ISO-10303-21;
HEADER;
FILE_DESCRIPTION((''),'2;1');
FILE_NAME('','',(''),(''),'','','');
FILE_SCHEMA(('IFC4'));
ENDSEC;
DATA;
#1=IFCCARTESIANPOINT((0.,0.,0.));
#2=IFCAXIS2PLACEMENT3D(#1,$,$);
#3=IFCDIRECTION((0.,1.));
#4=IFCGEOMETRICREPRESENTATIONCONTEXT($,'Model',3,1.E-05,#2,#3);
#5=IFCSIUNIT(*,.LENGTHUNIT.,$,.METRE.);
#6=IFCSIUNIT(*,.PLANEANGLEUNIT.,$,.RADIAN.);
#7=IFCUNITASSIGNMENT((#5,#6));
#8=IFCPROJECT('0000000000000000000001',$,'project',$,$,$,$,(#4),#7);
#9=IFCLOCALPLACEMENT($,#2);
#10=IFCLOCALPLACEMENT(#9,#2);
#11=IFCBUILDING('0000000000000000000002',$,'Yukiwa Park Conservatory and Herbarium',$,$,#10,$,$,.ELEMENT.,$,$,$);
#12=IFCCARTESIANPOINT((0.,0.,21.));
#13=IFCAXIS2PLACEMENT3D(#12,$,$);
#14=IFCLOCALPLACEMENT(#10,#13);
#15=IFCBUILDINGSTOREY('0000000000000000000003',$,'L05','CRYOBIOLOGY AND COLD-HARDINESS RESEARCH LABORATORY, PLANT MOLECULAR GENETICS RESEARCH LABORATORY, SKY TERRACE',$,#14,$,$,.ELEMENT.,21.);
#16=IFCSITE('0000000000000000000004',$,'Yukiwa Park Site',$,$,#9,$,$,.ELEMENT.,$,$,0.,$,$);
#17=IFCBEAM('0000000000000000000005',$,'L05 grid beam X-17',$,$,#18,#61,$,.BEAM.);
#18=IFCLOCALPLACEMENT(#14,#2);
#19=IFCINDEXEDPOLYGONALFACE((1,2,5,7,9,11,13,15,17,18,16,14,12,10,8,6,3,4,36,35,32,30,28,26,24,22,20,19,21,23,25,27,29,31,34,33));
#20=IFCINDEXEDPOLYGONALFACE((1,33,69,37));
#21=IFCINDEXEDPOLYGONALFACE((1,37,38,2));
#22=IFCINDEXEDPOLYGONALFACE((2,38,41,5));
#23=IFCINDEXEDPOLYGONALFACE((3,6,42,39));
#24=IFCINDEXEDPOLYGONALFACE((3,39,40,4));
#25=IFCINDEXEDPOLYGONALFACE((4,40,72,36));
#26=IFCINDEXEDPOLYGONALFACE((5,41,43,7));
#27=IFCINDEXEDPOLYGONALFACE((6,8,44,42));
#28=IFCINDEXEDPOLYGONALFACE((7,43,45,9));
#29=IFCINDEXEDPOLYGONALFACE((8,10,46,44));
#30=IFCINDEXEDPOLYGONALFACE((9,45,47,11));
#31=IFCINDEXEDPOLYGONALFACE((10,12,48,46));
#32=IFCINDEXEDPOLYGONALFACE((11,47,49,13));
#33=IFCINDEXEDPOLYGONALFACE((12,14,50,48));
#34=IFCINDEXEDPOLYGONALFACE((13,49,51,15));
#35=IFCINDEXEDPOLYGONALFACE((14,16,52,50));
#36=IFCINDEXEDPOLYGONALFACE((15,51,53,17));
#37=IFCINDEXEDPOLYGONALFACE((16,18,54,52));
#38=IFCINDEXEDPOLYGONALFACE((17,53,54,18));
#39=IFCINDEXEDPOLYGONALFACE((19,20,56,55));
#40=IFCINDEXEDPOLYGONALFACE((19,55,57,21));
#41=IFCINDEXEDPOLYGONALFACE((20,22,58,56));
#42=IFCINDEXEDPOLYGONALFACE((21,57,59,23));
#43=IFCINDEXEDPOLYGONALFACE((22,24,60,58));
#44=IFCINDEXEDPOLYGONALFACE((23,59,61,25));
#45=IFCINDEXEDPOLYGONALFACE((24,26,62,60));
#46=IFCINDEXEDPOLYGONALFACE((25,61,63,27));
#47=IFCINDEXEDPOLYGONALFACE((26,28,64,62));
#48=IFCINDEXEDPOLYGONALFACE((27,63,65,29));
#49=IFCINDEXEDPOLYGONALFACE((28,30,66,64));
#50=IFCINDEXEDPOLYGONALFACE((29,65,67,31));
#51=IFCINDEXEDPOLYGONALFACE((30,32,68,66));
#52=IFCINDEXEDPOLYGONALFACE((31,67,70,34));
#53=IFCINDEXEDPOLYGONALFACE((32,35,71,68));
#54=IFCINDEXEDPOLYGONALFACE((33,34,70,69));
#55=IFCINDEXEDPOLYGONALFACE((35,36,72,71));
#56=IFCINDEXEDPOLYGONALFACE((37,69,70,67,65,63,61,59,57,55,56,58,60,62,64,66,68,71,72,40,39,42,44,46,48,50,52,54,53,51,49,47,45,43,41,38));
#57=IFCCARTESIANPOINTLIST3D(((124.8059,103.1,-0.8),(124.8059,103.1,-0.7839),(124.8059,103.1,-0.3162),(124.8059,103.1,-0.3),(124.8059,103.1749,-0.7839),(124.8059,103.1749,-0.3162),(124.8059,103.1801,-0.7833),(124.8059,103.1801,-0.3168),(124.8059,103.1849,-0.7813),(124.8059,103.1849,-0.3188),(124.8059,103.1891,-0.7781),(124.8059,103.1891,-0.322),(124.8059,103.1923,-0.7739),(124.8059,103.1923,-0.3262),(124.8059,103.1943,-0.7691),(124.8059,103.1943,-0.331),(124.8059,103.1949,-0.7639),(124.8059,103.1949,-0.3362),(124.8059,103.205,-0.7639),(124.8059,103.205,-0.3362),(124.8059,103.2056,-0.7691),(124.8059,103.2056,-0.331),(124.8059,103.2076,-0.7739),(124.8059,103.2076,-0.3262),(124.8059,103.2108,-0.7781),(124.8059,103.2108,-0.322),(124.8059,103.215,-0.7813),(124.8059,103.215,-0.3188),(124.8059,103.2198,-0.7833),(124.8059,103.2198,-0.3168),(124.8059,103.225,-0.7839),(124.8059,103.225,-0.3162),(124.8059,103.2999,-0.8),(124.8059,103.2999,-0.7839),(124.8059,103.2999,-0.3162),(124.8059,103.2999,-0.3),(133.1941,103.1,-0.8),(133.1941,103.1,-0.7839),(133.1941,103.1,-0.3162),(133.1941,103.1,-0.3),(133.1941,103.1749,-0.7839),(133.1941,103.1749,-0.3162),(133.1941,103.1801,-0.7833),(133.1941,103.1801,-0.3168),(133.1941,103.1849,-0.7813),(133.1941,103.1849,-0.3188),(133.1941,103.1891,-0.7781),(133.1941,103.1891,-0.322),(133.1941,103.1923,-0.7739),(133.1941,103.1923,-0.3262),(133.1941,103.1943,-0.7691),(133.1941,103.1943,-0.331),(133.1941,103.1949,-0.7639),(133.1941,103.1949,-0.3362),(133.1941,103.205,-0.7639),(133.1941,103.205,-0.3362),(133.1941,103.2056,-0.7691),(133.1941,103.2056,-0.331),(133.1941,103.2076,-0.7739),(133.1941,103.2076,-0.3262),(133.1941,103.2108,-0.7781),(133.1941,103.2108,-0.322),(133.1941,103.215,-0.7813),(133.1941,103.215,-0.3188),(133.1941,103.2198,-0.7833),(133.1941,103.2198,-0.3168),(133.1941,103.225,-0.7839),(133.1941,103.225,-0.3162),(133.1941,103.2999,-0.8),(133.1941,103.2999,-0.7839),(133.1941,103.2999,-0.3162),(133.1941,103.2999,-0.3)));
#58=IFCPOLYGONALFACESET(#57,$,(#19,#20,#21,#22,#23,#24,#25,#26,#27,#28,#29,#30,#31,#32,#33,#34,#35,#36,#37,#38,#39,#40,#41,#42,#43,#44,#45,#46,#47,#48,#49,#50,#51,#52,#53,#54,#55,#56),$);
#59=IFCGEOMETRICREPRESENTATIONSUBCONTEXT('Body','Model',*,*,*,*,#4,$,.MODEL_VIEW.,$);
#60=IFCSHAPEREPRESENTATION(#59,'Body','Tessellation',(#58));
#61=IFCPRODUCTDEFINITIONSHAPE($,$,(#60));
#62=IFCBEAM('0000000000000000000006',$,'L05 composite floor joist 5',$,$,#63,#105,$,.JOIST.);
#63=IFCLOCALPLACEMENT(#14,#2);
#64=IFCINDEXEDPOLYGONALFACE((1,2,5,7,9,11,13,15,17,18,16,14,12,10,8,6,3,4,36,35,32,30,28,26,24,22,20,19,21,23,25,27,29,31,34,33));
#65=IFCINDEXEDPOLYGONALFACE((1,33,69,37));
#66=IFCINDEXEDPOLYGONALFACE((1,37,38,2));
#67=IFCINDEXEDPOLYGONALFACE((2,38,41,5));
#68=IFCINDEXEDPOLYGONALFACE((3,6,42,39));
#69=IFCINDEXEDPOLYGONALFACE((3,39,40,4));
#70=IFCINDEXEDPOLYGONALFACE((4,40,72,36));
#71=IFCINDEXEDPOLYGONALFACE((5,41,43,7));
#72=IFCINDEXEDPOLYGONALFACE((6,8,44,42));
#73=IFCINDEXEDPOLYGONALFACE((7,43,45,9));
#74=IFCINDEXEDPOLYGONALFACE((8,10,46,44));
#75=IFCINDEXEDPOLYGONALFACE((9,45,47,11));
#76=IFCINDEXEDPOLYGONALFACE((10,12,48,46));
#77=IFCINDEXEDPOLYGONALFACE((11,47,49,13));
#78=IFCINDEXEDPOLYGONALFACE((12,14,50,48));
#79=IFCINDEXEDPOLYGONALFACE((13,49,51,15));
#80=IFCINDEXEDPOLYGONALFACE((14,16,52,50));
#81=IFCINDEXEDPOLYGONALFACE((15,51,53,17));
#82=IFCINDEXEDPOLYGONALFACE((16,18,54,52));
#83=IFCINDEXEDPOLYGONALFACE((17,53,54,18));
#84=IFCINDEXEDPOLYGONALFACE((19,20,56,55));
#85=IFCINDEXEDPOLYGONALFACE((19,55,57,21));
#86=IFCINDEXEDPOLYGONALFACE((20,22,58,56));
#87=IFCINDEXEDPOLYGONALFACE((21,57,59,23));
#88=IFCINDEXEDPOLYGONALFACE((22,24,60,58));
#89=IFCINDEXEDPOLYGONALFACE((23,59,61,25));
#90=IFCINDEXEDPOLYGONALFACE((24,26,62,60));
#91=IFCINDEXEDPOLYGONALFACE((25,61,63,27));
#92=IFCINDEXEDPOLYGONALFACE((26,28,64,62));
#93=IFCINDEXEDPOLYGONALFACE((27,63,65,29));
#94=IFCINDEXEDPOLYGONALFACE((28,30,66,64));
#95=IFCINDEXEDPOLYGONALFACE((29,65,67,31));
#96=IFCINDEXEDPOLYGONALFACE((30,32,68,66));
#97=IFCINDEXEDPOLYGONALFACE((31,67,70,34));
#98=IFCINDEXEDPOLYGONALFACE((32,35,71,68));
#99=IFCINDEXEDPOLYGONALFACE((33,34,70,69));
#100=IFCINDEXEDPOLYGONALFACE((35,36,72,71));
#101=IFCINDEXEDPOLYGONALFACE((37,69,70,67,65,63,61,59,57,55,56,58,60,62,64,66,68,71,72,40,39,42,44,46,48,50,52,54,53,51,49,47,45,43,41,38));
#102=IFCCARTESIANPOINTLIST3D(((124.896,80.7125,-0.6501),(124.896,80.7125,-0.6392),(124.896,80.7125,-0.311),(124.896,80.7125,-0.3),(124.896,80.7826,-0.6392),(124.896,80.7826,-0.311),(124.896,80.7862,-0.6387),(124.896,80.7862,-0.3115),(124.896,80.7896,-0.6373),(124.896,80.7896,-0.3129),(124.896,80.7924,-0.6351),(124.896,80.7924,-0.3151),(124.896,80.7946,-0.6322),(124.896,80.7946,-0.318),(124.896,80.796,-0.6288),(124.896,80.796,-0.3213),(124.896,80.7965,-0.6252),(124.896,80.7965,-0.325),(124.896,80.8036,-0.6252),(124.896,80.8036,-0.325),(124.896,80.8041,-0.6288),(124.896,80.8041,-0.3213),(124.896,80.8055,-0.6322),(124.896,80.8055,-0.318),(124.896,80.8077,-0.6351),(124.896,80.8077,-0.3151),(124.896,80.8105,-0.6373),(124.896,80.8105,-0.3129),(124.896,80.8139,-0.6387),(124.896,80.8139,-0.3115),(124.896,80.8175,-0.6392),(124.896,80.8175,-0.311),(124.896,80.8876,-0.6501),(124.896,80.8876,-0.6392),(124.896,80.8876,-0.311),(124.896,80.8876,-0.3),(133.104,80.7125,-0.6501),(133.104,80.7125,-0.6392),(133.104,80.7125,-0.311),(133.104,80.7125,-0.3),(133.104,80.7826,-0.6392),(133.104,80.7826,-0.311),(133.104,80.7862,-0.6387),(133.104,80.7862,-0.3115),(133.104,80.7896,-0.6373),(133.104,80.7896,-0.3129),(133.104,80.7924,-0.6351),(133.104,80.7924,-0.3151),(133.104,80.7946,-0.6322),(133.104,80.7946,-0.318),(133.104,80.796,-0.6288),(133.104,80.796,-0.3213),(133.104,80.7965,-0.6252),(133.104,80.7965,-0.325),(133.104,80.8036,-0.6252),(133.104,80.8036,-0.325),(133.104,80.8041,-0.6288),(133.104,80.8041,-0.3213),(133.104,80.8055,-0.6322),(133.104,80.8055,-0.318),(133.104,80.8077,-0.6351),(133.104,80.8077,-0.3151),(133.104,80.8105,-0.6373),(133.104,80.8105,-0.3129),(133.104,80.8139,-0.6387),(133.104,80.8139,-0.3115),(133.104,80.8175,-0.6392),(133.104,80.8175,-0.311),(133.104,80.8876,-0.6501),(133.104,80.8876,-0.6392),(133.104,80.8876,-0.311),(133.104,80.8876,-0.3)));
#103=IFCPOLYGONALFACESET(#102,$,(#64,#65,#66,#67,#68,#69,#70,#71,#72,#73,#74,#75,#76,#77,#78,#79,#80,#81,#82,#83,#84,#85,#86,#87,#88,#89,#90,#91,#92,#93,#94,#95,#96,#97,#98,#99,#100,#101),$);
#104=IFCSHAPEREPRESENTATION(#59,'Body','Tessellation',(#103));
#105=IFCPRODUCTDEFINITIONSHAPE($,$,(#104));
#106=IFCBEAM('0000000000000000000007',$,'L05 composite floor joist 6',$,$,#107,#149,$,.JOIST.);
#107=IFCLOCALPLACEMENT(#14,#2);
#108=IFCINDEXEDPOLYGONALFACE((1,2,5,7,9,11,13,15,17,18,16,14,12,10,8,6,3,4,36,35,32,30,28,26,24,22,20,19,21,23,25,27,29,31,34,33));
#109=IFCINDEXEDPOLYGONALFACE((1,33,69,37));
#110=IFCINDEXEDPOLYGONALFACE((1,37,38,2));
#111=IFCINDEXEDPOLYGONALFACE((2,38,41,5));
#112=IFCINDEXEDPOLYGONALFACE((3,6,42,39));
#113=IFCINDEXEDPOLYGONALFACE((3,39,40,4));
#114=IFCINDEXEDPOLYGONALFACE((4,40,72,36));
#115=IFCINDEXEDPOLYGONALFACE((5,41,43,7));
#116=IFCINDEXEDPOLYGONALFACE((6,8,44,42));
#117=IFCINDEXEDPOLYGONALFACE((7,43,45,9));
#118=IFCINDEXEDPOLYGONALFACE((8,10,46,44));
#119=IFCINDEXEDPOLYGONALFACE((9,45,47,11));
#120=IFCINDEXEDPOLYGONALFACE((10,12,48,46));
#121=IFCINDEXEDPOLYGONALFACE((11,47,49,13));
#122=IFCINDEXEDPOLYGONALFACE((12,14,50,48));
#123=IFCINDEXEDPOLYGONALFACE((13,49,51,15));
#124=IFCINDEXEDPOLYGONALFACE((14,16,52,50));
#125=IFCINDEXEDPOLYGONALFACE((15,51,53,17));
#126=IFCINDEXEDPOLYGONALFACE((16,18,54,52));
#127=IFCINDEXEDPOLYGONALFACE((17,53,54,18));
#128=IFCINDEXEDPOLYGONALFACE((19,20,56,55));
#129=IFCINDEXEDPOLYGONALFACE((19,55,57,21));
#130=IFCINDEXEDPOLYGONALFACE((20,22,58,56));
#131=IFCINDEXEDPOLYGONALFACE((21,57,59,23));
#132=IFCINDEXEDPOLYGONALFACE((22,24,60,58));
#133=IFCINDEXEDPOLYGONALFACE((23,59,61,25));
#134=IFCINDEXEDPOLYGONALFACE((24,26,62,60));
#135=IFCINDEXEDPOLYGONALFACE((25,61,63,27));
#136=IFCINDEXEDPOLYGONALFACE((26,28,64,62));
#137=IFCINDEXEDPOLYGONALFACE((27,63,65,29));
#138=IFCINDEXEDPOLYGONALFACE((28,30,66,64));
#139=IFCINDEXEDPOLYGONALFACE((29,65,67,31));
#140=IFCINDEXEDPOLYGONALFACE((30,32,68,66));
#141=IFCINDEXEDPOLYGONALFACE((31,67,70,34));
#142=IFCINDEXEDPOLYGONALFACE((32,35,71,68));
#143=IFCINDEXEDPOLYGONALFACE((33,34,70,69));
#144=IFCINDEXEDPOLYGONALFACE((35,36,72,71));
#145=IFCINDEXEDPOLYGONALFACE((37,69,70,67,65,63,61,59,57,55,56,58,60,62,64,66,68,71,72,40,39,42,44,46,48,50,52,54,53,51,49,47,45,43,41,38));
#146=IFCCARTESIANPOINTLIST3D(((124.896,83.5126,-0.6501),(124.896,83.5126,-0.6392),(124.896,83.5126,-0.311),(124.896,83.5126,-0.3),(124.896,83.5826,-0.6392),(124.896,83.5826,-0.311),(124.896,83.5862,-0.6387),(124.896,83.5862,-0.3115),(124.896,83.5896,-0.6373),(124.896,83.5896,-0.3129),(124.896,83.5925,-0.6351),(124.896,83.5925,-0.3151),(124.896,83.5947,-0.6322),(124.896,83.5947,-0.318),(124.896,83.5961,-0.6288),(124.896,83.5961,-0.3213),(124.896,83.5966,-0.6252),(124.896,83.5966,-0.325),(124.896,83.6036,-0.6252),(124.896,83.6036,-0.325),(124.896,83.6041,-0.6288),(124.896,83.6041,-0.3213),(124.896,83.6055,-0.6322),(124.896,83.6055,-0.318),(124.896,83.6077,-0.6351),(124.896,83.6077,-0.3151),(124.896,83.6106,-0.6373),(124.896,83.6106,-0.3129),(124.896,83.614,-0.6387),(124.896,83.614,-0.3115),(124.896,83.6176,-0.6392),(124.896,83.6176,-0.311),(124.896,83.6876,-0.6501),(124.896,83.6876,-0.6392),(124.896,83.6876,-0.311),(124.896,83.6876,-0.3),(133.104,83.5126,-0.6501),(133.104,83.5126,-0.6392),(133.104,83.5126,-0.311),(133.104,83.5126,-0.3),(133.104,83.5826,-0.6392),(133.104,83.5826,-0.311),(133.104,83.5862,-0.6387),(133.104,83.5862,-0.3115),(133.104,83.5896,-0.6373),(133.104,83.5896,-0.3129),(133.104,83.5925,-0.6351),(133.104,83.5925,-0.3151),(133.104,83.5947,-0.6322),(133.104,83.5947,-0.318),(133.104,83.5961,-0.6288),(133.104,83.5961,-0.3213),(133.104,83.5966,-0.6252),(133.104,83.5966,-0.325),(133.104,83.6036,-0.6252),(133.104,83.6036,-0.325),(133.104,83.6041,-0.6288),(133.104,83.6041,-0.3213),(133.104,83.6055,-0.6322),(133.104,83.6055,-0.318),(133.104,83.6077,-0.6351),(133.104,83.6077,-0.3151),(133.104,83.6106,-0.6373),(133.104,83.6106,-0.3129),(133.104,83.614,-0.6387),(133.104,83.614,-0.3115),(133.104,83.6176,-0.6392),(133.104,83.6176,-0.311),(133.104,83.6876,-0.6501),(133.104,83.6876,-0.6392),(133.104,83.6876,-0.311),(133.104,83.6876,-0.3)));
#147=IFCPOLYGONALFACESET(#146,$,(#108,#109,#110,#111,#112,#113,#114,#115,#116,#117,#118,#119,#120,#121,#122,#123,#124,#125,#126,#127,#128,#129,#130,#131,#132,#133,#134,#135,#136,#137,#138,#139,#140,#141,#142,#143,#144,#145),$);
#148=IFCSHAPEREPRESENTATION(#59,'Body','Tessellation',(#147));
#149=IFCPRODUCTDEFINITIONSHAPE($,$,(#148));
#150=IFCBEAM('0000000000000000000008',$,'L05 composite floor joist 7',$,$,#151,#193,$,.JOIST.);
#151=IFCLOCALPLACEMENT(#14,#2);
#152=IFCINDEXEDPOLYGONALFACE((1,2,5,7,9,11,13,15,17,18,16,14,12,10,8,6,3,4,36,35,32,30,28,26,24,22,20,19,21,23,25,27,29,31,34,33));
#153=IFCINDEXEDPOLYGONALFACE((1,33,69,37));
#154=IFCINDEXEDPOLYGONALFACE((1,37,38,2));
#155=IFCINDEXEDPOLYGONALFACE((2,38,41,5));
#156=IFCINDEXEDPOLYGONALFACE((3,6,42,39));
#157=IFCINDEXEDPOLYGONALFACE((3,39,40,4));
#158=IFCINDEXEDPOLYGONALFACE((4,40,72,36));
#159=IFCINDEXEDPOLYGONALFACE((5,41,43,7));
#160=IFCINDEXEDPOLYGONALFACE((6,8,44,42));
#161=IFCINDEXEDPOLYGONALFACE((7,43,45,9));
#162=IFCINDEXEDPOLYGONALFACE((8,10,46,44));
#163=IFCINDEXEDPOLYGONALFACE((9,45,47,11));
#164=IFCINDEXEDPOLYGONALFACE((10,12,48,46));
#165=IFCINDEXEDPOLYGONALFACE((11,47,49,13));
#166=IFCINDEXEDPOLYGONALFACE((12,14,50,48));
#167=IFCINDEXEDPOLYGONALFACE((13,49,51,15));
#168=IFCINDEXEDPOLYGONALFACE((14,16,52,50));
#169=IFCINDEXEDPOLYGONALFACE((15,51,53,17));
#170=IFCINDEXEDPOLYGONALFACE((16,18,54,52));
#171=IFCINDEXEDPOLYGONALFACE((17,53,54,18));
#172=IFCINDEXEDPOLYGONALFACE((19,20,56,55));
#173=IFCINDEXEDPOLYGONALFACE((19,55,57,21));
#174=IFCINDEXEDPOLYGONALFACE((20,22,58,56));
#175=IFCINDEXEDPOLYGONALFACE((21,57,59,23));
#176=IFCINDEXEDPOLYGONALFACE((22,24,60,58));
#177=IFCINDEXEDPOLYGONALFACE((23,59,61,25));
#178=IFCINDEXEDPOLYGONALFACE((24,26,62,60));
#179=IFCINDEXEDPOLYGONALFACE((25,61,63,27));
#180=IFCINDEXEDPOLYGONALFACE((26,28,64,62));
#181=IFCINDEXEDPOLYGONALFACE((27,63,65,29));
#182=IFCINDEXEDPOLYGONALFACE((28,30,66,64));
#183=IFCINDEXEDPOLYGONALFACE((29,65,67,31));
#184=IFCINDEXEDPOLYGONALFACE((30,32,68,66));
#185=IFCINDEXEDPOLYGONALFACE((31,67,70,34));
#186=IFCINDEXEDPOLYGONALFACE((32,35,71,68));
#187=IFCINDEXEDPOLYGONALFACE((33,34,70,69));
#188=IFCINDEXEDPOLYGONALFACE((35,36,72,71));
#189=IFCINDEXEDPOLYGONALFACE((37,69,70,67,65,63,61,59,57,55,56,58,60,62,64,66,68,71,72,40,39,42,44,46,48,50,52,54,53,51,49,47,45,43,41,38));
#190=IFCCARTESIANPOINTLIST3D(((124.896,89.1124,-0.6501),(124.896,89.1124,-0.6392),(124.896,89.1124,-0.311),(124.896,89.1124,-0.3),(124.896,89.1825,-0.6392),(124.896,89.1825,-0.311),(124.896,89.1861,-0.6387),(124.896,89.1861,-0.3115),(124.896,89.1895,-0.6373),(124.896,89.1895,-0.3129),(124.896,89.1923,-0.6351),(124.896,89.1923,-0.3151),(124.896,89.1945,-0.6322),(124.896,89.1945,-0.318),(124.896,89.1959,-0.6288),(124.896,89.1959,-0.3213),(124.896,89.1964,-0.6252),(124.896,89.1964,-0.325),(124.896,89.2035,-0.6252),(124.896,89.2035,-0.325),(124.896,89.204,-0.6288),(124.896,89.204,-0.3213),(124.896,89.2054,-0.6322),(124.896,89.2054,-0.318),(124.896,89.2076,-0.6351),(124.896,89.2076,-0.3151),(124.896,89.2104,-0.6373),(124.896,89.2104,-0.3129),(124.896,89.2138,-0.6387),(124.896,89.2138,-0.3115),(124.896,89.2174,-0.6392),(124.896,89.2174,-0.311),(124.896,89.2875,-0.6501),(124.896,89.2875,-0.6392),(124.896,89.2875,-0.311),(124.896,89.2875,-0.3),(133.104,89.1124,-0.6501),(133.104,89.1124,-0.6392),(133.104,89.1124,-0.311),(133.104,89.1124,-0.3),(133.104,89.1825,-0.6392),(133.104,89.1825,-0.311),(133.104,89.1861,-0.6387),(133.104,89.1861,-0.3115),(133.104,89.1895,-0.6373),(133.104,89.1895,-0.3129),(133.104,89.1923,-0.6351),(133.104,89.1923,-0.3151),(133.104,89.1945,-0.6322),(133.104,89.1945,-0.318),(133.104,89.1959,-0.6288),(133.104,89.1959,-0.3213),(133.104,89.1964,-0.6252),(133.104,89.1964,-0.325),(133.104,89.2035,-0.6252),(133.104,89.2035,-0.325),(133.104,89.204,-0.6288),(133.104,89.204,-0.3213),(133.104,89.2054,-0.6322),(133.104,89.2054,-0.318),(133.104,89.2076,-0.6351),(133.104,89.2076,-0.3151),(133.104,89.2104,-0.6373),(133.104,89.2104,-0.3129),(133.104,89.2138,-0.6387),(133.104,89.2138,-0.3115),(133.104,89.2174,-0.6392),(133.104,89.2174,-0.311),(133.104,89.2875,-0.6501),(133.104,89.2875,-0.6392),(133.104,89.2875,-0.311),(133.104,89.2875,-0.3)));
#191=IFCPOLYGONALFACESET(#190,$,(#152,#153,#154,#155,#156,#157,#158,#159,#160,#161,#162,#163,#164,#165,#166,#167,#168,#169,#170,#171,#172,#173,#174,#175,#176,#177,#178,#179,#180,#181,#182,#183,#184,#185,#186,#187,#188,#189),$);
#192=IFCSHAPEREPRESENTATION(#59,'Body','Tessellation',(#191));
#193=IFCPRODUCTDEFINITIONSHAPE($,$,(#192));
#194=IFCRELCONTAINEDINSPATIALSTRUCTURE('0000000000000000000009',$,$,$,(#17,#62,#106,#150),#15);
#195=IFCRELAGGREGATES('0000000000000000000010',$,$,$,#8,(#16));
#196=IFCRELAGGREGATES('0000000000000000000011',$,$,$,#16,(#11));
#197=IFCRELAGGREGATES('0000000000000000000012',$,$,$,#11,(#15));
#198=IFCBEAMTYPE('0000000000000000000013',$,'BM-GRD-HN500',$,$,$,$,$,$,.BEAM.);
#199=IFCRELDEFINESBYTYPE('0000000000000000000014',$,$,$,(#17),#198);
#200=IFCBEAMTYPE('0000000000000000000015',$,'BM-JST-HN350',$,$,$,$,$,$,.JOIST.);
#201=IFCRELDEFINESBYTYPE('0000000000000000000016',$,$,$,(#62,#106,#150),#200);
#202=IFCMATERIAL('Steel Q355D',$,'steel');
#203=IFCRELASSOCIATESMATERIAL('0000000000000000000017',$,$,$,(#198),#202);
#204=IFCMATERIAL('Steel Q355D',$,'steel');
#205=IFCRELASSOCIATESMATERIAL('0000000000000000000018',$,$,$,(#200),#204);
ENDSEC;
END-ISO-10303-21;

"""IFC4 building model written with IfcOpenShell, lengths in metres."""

from ifc_helpers import new_model, si_unit, direction, frame, origin, origin_2d, place, context, subcontext, project, spatial, i_section, extrude, material, material_profile, profile_set, type_object, element, save


model = new_model("IFC4")

# Units and contexts
model_context = context("Model", 3, precision=1e-05, world=origin(), true_north=direction((0.0, 1.0)))
body_context = subcontext(model_context, "Body", "Model", "MODEL_VIEW")
ifc_project = project(units=[si_unit("LENGTHUNIT", "METRE"), si_unit("PLANEANGLEUNIT", "RADIAN")], contexts=[model_context])

# Site, building, storey
site_placement = place(None, origin())
site = spatial("IfcSite", under=ifc_project, at=site_placement, Name="Yukiwa Park Site", CompositionType="ELEMENT", RefElevation=0.0)
building_placement = place(site_placement, origin())
building = spatial("IfcBuilding", under=site, at=building_placement, Name="Yukiwa Park Conservatory and Herbarium", CompositionType="ELEMENT")
storey_placement = place(building_placement, frame((0.0, 0.0, 21.0)))
storey = spatial("IfcBuildingStorey", under=building, at=storey_placement, Name="L05", Description="CRYOBIOLOGY AND COLD-HARDINESS RESEARCH LABORATORY, PLANT MOLECULAR GENETICS RESEARCH LABORATORY, SKY TERRACE", CompositionType="ELEMENT", Elevation=21.0)

# Beams
ifc_material_1 = material(Name="Steel Q355D", Category="steel")
ifc_material_profile_1 = material_profile(ifc_material_1, i_section(OverallWidth=0.2, OverallDepth=0.5, WebThickness=0.01, FlangeThickness=0.0161, FilletRadius=0.02, at=origin_2d()), Name="HN 500x200x10x16")
ifc_profile_set_1 = profile_set([ifc_material_profile_1], Name="Steel Q355D")
beam_type_1 = type_object("IfcBeamType", Name="BM-GRD-HN500", PredefinedType="BEAM", material=ifc_profile_set_1)
for number, where, z_axis, x_axis, name in (
    (1, (124.8059, 103.2, -0.55), (1.0, 0.0, 0.0), (0.0, 1.0, 0.0), "L05 grid beam X-17"),
):
    element("IfcBeam", number, at=place(storey_placement, frame(where, z_axis=z_axis, x_axis=x_axis)), inside=storey, type_object=beam_type_1, Name=name, PredefinedType="BEAM", context=body_context, shape_type="SweptSolid", body=[
        extrude(i_section(OverallWidth=0.2, OverallDepth=0.5, WebThickness=0.01, FlangeThickness=0.0161, FilletRadius=0.02, at=origin_2d()), origin(), (0.0, 0.0, 1.0), 8.3882),
    ])
ifc_material_2 = material(Name="Steel Q355D", Category="steel")
ifc_material_profile_2 = material_profile(ifc_material_2, i_section(OverallWidth=0.175, OverallDepth=0.3501, WebThickness=0.0071, FlangeThickness=0.011, FilletRadius=0.0139, at=origin_2d()), Name="HN 350x175x7x11")
ifc_profile_set_2 = profile_set([ifc_material_profile_2], Name="Steel Q355D")
beam_type_2 = type_object("IfcBeamType", Name="BM-JST-HN350", PredefinedType="JOIST", material=ifc_profile_set_2)
for number, where, z_axis, x_axis, name in (
    (2, (124.896, 80.8, -0.4751), (1.0, 0.0, 0.0), (0.0, 1.0, 0.0), "L05 composite floor joist 5"),
    (3, (124.896, 83.6001, -0.4751), (1.0, 0.0, 0.0), (0.0, 1.0, 0.0), "L05 composite floor joist 6"),
    (4, (124.896, 89.2, -0.4751), (1.0, 0.0, 0.0), (0.0, 1.0, 0.0), "L05 composite floor joist 7"),
):
    element("IfcBeam", number, at=place(storey_placement, frame(where, z_axis=z_axis, x_axis=x_axis)), inside=storey, type_object=beam_type_2, Name=name, PredefinedType="JOIST", context=body_context, shape_type="SweptSolid", body=[
        extrude(i_section(OverallWidth=0.175, OverallDepth=0.3501, WebThickness=0.0071, FlangeThickness=0.011, FilletRadius=0.0139, at=origin_2d()), origin(), (0.0, 0.0, 1.0), 8.208),
    ])

save(model, "model.ifc")
